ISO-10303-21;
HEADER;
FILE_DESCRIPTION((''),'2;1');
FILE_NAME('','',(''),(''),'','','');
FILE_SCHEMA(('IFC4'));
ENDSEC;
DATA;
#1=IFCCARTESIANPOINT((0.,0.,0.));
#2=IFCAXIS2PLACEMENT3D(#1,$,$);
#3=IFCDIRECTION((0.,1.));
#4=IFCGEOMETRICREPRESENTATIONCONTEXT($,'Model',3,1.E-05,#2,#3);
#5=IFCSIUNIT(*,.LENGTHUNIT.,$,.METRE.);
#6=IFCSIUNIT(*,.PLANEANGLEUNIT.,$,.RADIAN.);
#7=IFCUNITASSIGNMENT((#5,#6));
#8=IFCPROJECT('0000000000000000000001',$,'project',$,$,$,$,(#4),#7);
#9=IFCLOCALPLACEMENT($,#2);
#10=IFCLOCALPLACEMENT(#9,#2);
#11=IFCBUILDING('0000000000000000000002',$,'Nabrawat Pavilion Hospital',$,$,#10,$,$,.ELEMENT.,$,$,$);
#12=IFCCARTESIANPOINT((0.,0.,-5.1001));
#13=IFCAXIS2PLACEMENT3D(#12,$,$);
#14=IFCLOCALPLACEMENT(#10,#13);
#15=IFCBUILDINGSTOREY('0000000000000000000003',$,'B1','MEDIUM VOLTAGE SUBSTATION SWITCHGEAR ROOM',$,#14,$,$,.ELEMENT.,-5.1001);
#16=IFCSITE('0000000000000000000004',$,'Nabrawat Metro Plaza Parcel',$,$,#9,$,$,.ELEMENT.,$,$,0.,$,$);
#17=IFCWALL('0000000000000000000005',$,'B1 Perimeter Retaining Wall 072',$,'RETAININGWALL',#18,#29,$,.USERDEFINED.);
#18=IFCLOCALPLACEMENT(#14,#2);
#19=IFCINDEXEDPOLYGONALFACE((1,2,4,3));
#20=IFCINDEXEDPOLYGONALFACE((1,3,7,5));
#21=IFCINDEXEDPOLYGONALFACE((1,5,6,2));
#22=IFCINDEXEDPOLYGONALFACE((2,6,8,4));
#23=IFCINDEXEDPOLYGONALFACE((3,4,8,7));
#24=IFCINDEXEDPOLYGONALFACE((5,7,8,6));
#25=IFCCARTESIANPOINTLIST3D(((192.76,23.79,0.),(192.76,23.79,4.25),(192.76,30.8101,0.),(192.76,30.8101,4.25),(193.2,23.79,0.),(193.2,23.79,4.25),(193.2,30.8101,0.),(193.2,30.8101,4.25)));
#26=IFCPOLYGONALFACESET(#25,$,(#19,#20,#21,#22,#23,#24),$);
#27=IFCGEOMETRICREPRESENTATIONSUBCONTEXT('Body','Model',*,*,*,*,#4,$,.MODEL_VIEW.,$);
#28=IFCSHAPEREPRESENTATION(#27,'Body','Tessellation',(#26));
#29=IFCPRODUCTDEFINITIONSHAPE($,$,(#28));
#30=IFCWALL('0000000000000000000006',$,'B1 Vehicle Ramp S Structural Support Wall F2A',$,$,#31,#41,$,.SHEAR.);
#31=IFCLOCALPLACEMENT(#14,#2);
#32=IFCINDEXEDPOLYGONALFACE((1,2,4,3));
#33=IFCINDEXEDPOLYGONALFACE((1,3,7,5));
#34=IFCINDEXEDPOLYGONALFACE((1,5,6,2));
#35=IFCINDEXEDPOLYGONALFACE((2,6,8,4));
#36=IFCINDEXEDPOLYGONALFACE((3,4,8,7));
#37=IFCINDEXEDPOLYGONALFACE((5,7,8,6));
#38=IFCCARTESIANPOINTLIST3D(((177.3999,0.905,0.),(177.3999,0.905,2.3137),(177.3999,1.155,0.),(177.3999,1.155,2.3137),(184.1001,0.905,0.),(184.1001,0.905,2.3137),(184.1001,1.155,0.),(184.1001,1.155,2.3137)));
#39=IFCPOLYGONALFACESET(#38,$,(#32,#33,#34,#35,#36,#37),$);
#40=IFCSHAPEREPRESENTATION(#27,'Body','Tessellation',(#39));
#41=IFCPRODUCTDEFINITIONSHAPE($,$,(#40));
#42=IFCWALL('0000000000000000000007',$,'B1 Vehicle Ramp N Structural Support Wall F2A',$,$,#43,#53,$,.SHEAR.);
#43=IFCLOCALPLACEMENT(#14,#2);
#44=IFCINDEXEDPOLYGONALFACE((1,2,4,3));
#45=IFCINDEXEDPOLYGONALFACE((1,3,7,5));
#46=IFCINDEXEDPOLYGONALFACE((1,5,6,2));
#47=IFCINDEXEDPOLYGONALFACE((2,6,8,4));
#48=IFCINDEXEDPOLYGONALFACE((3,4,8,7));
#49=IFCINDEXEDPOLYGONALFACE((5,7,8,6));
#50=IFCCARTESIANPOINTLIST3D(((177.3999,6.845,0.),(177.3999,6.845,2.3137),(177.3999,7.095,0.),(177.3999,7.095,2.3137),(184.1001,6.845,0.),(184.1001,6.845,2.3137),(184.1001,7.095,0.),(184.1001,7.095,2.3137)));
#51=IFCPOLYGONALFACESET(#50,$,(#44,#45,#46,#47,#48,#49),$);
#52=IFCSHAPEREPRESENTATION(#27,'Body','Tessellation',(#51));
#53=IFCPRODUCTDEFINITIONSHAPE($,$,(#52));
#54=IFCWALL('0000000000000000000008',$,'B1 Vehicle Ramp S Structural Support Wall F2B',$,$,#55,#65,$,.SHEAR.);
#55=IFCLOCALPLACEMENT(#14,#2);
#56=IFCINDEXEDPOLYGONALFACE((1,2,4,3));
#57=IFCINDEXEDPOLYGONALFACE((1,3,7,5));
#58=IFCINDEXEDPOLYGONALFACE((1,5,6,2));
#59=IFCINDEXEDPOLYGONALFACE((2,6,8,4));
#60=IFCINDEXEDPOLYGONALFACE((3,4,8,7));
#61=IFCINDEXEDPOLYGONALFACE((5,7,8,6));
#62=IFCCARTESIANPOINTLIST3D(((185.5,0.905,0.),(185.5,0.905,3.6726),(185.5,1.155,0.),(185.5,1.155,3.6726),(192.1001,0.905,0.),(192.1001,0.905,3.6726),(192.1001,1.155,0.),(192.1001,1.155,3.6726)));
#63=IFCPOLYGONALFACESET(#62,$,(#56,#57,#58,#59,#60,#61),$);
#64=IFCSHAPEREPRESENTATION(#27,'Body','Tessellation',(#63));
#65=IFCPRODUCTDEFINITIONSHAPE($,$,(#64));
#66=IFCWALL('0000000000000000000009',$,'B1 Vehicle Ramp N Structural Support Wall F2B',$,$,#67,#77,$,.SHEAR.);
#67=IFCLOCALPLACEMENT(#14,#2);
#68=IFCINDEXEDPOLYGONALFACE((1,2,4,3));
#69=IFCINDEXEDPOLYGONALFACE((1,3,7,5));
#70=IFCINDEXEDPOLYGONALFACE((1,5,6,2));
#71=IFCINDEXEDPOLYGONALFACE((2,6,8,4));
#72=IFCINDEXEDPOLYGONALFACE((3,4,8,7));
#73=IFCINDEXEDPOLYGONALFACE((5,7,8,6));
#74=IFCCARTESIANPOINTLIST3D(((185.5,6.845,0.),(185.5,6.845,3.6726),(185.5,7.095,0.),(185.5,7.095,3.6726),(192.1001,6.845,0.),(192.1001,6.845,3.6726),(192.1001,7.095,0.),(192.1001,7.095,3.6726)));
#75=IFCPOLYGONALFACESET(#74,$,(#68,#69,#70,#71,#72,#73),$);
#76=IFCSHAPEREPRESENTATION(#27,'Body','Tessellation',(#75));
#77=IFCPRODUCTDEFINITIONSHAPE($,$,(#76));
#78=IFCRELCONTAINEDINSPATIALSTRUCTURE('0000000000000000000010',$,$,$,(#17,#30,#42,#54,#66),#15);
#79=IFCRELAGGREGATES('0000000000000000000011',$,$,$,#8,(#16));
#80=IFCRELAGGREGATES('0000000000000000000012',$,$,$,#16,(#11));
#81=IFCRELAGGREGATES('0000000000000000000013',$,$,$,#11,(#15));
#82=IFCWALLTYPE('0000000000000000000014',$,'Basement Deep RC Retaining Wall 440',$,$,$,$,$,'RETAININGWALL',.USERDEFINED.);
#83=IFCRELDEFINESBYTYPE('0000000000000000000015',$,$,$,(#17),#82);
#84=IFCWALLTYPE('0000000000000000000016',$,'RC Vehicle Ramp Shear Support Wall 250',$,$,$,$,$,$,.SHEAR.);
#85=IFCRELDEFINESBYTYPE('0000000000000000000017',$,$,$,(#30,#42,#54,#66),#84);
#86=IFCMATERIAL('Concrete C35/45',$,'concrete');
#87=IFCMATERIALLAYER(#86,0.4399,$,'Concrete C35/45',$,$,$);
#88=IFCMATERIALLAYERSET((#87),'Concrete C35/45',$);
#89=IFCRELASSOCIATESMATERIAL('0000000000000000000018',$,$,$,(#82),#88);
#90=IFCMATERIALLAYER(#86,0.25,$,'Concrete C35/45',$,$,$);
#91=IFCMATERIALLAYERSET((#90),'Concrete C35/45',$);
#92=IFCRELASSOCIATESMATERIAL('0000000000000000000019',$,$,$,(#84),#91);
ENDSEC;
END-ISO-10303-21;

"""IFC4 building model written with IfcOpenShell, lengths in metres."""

from ifc_helpers import new_model, si_unit, direction, frame, frame_2d, origin, place, context, subcontext, project, spatial, rectangle, extrude, material, layer, layer_set, type_object, element, save


model = new_model("IFC4")

# Units and contexts
model_context = context("Model", 3, precision=1e-05, world=origin(), true_north=direction((0.0, 1.0)))
body_context = subcontext(model_context, "Body", "Model", "MODEL_VIEW")
ifc_project = project(units=[si_unit("LENGTHUNIT", "METRE"), si_unit("PLANEANGLEUNIT", "RADIAN")], contexts=[model_context])

# Site, building, storey
site_placement = place(None, origin())
site = spatial("IfcSite", under=ifc_project, at=site_placement, Name="Nabrawat Metro Plaza Parcel", CompositionType="ELEMENT", RefElevation=0.0)
building_placement = place(site_placement, origin())
building = spatial("IfcBuilding", under=site, at=building_placement, Name="Nabrawat Pavilion Hospital", CompositionType="ELEMENT")
storey_placement = place(building_placement, frame((0.0, 0.0, -5.1001)))
storey = spatial("IfcBuildingStorey", under=building, at=storey_placement, Name="B1", Description="MEDIUM VOLTAGE SUBSTATION SWITCHGEAR ROOM", CompositionType="ELEMENT", Elevation=-5.1001)

# Shared definitions
ifc_material_1 = material(Name="Concrete C35/45", Category="concrete")

# Walls
ifc_layer_1 = layer(ifc_material_1, 0.4399, Name="Concrete C35/45")
ifc_layer_set_1 = layer_set([ifc_layer_1], Name="Concrete C35/45")
wall_type_1 = type_object("IfcWallType", Name="Basement Deep RC Retaining Wall 440", ElementType="RETAININGWALL", PredefinedType="USERDEFINED", material=ifc_layer_set_1)
for number, where, z_axis, x_axis, name in (
    (1, (192.98, 23.79, 0.0), (0.0, 0.0, 1.0), (0.0, 1.0, 0.0), "B1 Perimeter Retaining Wall 072"),
):
    element("IfcWall", number, at=place(storey_placement, frame(where, z_axis=z_axis, x_axis=x_axis)), inside=storey, type_object=wall_type_1, Name=name, ObjectType="RETAININGWALL", PredefinedType="USERDEFINED", context=body_context, shape_type="SweptSolid", body=[
        extrude(rectangle(XDim=7.02, YDim=0.4399, at=frame_2d((3.51, 0.0))), origin(), (0.0, 0.0, 1.0), 4.25),
    ])
ifc_layer_2 = layer(ifc_material_1, 0.25, Name="Concrete C35/45")
ifc_layer_set_2 = layer_set([ifc_layer_2], Name="Concrete C35/45")
wall_type_2 = type_object("IfcWallType", Name="RC Vehicle Ramp Shear Support Wall 250", PredefinedType="SHEAR", material=ifc_layer_set_2)
for number, where, z_axis, x_axis, name in (
    (2, (177.3999, 1.03, 0.0), (0.0, 0.0, 1.0), (1.0, 0.0, 0.0), "B1 Vehicle Ramp S Structural Support Wall F2A"),
    (3, (177.3999, 6.97, 0.0), (0.0, 0.0, 1.0), (1.0, 0.0, 0.0), "B1 Vehicle Ramp N Structural Support Wall F2A"),
):
    element("IfcWall", number, at=place(storey_placement, frame(where, z_axis=z_axis, x_axis=x_axis)), inside=storey, type_object=wall_type_2, Name=name, PredefinedType="SHEAR", context=body_context, shape_type="SweptSolid", body=[
        extrude(rectangle(XDim=6.7002, YDim=0.25, at=frame_2d((3.3501, 0.0))), origin(), (0.0, 0.0, 1.0), 2.3137),
    ])
for number, where, z_axis, x_axis, name in (
    (4, (185.5, 1.03, 0.0), (0.0, 0.0, 1.0), (1.0, 0.0, 0.0), "B1 Vehicle Ramp S Structural Support Wall F2B"),
    (5, (185.5, 6.97, 0.0), (0.0, 0.0, 1.0), (1.0, 0.0, 0.0), "B1 Vehicle Ramp N Structural Support Wall F2B"),
):
    element("IfcWall", number, at=place(storey_placement, frame(where, z_axis=z_axis, x_axis=x_axis)), inside=storey, type_object=wall_type_2, Name=name, PredefinedType="SHEAR", context=body_context, shape_type="SweptSolid", body=[
        extrude(rectangle(XDim=6.6001, YDim=0.25, at=frame_2d((3.3, 0.0))), origin(), (0.0, 0.0, 1.0), 3.6726),
    ])

save(model, "model.ifc")
